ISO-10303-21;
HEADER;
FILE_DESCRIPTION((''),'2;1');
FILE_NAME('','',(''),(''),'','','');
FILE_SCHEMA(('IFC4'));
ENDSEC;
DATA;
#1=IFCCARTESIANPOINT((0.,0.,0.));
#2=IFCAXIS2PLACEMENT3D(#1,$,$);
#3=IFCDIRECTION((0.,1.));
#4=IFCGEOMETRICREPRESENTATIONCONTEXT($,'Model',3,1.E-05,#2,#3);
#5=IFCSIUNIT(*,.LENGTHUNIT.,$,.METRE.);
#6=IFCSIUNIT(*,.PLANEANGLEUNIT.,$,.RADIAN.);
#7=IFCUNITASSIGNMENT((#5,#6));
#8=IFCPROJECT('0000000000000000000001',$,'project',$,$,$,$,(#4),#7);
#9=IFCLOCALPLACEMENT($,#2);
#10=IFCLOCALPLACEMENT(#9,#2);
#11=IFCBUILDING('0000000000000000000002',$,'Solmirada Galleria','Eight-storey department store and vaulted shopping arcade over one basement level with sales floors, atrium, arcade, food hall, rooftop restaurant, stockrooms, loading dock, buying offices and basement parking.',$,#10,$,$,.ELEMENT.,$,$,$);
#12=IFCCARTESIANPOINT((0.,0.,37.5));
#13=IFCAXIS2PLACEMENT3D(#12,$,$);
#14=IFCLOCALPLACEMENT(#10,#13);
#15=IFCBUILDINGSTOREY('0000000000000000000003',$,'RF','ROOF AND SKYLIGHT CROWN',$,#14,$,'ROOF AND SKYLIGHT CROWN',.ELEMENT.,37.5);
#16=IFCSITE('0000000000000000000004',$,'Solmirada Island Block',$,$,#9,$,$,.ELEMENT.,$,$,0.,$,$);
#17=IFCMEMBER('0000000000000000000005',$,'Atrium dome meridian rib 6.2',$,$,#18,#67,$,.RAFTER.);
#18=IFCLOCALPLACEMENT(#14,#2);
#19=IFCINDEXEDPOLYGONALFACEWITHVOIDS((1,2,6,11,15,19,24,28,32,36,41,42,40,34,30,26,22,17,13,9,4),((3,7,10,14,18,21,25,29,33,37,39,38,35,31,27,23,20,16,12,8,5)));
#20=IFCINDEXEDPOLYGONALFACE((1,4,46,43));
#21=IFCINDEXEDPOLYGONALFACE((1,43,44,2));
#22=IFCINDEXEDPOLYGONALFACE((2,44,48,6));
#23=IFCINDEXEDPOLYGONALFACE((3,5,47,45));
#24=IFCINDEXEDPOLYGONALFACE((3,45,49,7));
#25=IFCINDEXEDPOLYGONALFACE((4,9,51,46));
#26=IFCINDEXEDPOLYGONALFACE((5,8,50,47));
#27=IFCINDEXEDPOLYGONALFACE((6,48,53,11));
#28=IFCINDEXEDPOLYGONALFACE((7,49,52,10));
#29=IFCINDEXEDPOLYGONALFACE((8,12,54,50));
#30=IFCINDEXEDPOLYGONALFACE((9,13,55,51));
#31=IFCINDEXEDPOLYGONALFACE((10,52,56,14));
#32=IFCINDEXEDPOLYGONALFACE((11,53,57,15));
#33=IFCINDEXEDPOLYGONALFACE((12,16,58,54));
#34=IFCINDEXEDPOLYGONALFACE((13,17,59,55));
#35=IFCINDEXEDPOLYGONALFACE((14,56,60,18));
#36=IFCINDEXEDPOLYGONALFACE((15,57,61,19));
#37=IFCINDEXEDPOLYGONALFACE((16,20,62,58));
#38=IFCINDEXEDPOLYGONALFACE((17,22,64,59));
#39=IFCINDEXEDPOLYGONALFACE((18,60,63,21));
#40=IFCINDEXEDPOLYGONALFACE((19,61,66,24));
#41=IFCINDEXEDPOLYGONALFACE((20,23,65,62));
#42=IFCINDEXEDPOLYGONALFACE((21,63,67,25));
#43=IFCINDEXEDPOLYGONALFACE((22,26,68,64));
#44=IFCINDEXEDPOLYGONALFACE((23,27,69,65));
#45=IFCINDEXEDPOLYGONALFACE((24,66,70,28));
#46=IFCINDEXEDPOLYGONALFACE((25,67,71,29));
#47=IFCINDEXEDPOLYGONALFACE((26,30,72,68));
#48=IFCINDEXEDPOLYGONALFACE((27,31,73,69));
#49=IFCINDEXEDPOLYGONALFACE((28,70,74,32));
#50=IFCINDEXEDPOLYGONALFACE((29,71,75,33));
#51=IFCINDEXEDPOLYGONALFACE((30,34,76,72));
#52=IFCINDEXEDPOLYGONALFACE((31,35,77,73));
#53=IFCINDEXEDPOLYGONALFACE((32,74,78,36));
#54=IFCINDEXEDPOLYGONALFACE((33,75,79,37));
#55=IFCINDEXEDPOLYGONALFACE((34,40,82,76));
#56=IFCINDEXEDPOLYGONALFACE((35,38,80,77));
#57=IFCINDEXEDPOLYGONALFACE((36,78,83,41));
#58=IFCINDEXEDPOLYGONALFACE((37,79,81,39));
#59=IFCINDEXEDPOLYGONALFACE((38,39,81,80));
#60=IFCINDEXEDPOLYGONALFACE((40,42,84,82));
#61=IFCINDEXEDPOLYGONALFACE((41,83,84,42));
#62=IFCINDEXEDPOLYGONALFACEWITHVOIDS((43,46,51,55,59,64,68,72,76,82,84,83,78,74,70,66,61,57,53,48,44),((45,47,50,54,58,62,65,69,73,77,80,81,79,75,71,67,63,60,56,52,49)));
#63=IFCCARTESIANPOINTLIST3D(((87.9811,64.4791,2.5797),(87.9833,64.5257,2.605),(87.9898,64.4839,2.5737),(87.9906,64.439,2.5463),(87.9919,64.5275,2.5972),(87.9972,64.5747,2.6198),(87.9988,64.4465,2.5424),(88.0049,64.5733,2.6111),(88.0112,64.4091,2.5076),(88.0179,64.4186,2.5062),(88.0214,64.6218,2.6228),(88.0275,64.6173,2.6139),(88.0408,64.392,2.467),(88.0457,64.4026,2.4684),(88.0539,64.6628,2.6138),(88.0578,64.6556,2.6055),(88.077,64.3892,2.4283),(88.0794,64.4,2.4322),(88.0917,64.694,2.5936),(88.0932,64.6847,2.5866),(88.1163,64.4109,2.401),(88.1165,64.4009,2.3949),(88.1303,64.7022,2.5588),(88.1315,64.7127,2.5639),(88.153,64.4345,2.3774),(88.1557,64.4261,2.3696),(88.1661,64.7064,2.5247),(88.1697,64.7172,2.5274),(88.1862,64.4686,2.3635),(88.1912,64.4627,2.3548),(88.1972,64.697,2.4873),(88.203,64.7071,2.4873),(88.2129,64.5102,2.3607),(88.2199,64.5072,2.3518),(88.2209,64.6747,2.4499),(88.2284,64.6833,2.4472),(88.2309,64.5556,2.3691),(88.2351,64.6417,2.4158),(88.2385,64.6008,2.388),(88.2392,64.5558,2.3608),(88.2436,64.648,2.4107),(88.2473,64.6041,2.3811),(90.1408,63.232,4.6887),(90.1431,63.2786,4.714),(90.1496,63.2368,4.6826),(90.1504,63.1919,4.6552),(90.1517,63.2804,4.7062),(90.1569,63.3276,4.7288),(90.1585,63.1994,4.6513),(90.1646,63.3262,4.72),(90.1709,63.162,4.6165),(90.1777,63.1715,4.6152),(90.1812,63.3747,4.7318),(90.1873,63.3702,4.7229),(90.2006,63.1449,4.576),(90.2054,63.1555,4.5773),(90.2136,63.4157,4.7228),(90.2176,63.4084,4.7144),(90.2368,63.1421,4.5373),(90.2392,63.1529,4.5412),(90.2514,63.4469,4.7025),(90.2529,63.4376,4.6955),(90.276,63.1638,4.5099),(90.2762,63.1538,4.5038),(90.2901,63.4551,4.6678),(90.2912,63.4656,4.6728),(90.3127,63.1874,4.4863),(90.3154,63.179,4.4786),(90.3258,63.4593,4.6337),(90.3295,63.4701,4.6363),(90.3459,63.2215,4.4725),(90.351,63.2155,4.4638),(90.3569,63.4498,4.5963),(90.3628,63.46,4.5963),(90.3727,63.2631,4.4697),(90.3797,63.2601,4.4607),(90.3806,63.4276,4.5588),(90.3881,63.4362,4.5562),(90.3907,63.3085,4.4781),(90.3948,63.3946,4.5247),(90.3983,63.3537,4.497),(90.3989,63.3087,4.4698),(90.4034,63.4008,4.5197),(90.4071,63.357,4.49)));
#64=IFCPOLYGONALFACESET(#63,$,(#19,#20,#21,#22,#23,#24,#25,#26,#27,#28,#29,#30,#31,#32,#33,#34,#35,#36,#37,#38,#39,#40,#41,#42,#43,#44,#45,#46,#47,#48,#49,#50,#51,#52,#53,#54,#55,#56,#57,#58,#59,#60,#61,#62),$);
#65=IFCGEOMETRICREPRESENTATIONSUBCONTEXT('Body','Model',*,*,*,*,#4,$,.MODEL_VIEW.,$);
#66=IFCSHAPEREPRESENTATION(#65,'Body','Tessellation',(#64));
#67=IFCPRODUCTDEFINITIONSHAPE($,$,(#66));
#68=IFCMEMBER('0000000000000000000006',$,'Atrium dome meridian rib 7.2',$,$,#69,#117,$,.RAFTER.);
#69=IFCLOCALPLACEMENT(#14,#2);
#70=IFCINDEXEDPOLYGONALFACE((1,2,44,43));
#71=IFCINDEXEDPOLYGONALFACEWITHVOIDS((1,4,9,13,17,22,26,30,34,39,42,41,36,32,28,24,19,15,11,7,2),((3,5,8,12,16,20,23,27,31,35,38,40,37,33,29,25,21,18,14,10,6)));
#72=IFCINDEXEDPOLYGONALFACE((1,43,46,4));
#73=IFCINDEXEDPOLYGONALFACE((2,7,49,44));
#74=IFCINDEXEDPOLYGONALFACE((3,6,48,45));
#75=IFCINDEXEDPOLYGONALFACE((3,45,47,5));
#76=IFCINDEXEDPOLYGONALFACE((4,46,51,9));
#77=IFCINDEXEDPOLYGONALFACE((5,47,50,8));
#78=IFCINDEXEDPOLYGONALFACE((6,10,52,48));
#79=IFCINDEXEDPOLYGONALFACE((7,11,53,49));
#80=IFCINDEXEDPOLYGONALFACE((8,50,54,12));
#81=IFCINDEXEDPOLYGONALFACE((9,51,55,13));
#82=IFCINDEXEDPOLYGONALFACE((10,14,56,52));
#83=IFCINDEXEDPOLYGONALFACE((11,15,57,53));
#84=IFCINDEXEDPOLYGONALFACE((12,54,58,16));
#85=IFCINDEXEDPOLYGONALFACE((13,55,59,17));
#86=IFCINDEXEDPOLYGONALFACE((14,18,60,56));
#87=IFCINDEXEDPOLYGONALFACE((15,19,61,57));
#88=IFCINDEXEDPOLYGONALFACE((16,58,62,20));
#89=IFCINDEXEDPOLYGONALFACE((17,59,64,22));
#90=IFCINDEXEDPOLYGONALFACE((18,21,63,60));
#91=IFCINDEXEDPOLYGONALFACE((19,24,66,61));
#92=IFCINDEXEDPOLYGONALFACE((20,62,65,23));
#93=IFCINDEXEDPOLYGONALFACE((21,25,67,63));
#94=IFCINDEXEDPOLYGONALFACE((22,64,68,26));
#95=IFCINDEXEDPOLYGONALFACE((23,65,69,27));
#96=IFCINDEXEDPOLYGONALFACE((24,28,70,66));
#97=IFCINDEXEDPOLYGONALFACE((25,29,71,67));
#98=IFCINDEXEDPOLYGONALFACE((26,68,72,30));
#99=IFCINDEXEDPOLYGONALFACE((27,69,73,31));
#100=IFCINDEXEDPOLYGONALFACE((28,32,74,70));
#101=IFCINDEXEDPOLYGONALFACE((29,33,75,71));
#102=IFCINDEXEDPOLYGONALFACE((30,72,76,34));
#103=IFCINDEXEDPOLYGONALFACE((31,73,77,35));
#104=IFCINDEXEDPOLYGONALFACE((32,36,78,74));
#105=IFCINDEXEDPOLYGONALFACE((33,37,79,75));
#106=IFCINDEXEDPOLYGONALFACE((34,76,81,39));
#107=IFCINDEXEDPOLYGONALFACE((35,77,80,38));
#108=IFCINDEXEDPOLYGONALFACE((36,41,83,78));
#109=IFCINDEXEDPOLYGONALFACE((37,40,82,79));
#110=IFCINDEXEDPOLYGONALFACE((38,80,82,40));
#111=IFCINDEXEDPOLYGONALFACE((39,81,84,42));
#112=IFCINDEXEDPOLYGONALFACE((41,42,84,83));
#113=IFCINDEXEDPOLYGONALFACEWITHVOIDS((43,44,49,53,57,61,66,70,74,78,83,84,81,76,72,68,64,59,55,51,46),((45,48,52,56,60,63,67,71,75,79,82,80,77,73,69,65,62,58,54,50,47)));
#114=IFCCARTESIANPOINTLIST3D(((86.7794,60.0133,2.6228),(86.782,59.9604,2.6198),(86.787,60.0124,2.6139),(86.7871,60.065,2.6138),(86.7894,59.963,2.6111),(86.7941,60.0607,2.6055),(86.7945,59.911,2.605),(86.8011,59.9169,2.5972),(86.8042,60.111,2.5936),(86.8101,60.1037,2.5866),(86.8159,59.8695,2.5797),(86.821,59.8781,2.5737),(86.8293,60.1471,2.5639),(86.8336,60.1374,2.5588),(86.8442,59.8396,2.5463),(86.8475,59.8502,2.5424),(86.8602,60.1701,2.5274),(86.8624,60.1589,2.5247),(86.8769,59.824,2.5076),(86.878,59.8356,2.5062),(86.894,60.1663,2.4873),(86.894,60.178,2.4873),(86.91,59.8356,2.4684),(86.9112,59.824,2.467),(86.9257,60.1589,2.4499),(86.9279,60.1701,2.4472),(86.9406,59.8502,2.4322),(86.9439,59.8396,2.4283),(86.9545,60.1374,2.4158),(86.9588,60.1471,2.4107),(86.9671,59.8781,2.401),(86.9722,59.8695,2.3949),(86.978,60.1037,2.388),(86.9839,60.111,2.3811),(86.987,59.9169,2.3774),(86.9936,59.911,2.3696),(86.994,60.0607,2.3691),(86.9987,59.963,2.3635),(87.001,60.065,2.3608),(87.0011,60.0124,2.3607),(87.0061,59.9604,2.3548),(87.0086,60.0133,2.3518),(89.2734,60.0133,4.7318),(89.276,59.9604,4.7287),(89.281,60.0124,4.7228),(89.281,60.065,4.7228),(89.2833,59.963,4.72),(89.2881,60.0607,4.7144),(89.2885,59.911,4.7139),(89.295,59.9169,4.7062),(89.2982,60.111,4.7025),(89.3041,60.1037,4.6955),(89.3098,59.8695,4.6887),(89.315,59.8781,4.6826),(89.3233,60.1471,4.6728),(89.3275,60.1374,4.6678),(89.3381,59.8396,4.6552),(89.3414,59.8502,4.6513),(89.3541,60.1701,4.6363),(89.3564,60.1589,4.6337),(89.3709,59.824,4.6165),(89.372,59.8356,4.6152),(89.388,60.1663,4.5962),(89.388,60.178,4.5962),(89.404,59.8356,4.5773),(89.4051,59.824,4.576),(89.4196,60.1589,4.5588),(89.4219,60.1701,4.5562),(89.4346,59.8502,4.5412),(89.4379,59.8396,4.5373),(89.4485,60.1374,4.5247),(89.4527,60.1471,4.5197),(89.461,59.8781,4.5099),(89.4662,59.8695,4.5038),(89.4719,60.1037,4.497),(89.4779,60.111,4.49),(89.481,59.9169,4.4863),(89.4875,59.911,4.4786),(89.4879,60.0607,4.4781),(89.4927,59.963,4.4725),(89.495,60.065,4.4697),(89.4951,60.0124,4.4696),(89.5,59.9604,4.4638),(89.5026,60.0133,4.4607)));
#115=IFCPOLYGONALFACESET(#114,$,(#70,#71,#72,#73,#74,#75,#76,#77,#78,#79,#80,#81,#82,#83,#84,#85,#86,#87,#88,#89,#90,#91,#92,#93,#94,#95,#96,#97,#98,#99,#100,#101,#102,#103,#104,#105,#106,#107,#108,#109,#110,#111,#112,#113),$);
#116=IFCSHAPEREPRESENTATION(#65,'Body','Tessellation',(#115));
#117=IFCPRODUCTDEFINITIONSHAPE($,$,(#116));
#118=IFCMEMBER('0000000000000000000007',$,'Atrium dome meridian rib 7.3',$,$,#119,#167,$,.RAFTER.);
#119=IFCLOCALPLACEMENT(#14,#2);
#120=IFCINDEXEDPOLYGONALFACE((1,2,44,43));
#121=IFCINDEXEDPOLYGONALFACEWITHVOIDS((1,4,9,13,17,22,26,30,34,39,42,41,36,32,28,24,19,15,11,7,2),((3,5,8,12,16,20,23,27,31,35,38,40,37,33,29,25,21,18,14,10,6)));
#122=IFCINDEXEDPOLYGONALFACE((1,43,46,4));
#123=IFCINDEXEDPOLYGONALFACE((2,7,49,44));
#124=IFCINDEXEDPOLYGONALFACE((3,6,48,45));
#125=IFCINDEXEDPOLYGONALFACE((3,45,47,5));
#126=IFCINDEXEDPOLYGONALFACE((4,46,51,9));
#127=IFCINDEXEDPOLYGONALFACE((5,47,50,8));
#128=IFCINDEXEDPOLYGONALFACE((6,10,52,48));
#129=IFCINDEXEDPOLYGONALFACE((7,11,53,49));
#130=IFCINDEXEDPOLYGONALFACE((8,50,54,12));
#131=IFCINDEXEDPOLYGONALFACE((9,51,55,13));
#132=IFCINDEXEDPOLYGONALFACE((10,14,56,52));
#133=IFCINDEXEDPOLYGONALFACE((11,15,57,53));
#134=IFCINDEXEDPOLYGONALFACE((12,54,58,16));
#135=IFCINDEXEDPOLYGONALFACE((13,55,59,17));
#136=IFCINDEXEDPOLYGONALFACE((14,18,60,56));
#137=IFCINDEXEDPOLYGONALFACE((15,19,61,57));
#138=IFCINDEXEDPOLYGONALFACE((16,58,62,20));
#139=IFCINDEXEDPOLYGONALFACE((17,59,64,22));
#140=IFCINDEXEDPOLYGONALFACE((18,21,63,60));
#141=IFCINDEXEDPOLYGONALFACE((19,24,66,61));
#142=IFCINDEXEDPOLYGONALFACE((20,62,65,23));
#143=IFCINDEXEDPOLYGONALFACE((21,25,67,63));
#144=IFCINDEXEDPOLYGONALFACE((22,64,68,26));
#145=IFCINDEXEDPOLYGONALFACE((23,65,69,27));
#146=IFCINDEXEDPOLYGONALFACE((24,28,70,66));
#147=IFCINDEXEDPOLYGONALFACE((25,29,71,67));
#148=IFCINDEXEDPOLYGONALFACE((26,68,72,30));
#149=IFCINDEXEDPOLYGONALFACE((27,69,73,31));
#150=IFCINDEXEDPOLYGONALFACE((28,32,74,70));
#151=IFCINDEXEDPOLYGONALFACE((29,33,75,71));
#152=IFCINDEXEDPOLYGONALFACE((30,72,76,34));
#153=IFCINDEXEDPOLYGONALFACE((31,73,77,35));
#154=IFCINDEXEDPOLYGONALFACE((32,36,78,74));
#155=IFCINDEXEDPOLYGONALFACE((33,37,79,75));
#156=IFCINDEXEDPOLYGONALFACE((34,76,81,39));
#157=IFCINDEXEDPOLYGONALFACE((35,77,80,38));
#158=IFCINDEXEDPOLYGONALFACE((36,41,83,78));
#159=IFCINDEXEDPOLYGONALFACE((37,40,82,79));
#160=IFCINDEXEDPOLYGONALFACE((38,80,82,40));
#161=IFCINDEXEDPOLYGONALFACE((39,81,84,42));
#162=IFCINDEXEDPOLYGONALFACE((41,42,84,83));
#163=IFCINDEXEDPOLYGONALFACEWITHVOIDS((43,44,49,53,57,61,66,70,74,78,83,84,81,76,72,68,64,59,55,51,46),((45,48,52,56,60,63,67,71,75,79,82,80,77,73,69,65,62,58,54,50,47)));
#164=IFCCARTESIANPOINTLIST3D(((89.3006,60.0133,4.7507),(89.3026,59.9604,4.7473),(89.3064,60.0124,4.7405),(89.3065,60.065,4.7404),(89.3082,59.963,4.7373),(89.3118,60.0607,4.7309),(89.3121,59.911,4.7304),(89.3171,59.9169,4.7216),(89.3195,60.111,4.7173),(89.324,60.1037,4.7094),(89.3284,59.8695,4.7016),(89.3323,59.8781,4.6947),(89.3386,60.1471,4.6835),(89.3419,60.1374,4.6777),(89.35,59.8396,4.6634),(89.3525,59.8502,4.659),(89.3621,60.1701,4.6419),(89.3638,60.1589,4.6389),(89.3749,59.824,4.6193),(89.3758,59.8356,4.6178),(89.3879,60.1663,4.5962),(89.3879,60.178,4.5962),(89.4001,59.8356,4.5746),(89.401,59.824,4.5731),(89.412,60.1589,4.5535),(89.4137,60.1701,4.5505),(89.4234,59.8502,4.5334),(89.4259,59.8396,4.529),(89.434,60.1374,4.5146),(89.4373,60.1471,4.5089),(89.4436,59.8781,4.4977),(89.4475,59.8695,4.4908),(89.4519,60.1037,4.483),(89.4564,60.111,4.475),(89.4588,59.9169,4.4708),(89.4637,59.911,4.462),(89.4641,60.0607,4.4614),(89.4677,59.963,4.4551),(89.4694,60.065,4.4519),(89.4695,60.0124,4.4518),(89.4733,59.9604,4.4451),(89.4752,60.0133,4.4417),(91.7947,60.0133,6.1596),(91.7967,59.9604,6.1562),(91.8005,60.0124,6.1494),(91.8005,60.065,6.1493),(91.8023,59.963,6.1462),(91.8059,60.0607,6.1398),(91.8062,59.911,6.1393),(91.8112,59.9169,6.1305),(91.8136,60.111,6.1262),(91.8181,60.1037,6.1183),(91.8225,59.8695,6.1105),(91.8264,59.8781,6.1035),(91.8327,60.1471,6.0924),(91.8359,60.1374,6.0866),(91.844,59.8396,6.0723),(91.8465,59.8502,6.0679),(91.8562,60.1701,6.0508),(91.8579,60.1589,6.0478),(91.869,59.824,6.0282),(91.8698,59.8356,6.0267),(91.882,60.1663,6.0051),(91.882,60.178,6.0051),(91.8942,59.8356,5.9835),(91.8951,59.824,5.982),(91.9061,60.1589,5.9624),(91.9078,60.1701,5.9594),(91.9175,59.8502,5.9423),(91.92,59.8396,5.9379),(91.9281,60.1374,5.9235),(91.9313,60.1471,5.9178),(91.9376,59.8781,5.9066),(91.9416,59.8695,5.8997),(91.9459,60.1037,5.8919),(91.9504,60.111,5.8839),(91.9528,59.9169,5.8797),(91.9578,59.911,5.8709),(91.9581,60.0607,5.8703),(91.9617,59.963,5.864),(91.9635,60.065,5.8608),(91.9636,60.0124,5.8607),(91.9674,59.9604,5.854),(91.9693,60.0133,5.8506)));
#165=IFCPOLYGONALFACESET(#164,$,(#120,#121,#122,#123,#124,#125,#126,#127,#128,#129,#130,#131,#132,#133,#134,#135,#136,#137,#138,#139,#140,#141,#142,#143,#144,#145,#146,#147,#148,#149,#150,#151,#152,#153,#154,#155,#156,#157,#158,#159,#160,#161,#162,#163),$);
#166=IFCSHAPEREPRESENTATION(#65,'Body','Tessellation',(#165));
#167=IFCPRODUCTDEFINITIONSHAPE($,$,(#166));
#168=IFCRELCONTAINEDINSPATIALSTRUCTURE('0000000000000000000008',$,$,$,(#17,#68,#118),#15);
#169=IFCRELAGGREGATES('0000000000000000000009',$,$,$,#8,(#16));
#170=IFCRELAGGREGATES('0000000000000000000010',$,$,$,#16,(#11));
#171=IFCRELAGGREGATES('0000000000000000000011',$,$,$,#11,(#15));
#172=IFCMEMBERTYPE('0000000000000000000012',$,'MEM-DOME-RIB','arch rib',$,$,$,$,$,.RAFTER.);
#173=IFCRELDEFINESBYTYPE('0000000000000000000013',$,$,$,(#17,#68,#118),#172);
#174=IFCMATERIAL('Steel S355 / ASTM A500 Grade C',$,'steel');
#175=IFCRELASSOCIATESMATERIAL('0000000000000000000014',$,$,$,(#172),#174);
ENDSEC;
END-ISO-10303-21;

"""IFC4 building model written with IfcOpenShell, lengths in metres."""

from ifc_helpers import new_model, si_unit, direction, frame, origin, origin_2d, place, context, subcontext, project, spatial, hollow_circle, extrude, material, material_profile, profile_set, type_object, element, save


model = new_model("IFC4")

# Units and contexts
model_context = context("Model", 3, precision=1e-05, world=origin(), true_north=direction((0.0, 1.0)))
body_context = subcontext(model_context, "Body", "Model", "MODEL_VIEW")
ifc_project = project(units=[si_unit("LENGTHUNIT", "METRE"), si_unit("PLANEANGLEUNIT", "RADIAN")], contexts=[model_context])

# Site, building, storey
site_placement = place(None, origin())
site = spatial("IfcSite", under=ifc_project, at=site_placement, Name="Solmirada Island Block", CompositionType="ELEMENT", RefElevation=0.0)
building_placement = place(site_placement, origin())
building = spatial("IfcBuilding", under=site, at=building_placement, Name="Solmirada Galleria", Description="Eight-storey department store and vaulted shopping arcade over one basement level with sales floors, atrium, arcade, food hall, rooftop restaurant, stockrooms, loading dock, buying offices and basement parking.", CompositionType="ELEMENT")
storey_placement = place(building_placement, frame((0.0, 0.0, 37.5)))
storey = spatial("IfcBuildingStorey", under=building, at=storey_placement, Name="RF", Description="ROOF AND SKYLIGHT CROWN", LongName="ROOF AND SKYLIGHT CROWN", CompositionType="ELEMENT", Elevation=37.5)

# Members
ifc_material_1 = material(Name="Steel S355 / ASTM A500 Grade C", Category="steel")
ifc_material_profile_1 = material_profile(ifc_material_1, hollow_circle(Radius=0.178, WallThickness=0.0117, at=origin_2d()), Name="HSS14.000X0.500")
ifc_profile_set_1 = profile_set([ifc_material_profile_1], Name="Steel S355 / ASTM A500 Grade C")
member_type_1 = type_object("IfcMemberType", Name="MEM-DOME-RIB", Description="arch rib", PredefinedType="RAFTER", material=ifc_profile_set_1)
for number, where, z_axis, x_axis, name in (
    (1, (88.114, 64.553, 2.4873), (0.661258, -0.381834, 0.645709), (0.500056, 0.865993, 0.0), "Atrium dome meridian rib 6.2"),
    (2, (86.894, 60.0, 2.4873), (0.763588, 0.0, 0.645704), (0.0, 1.0, 0.0), "Atrium dome meridian rib 7.2"),
):
    element("IfcMember", number, at=place(storey_placement, frame(where, z_axis=z_axis, x_axis=x_axis)), inside=storey, type_object=member_type_1, Name=name, PredefinedType="RAFTER", context=body_context, shape_type="SweptSolid", body=[
        extrude(hollow_circle(Radius=0.178, WallThickness=0.0117, at=origin_2d()), origin(), (0.0, 0.0, 1.0), 3.2661),
    ])
member_1_placement = place(storey_placement, frame((89.3879, 60.0, 4.5962), z_axis=(0.870682, 0.0, 0.491847), x_axis=(0.0, 1.0, 0.0)))
element("IfcMember", 3, at=member_1_placement, inside=storey, type_object=member_type_1, Name="Atrium dome meridian rib 7.3", PredefinedType="RAFTER", context=body_context, shape_type="SweptSolid", body=[
    extrude(hollow_circle(Radius=0.178, WallThickness=0.0117, at=origin_2d()), origin(), (0.0, 0.0, 1.0), 2.8645),
])

save(model, "model.ifc")
